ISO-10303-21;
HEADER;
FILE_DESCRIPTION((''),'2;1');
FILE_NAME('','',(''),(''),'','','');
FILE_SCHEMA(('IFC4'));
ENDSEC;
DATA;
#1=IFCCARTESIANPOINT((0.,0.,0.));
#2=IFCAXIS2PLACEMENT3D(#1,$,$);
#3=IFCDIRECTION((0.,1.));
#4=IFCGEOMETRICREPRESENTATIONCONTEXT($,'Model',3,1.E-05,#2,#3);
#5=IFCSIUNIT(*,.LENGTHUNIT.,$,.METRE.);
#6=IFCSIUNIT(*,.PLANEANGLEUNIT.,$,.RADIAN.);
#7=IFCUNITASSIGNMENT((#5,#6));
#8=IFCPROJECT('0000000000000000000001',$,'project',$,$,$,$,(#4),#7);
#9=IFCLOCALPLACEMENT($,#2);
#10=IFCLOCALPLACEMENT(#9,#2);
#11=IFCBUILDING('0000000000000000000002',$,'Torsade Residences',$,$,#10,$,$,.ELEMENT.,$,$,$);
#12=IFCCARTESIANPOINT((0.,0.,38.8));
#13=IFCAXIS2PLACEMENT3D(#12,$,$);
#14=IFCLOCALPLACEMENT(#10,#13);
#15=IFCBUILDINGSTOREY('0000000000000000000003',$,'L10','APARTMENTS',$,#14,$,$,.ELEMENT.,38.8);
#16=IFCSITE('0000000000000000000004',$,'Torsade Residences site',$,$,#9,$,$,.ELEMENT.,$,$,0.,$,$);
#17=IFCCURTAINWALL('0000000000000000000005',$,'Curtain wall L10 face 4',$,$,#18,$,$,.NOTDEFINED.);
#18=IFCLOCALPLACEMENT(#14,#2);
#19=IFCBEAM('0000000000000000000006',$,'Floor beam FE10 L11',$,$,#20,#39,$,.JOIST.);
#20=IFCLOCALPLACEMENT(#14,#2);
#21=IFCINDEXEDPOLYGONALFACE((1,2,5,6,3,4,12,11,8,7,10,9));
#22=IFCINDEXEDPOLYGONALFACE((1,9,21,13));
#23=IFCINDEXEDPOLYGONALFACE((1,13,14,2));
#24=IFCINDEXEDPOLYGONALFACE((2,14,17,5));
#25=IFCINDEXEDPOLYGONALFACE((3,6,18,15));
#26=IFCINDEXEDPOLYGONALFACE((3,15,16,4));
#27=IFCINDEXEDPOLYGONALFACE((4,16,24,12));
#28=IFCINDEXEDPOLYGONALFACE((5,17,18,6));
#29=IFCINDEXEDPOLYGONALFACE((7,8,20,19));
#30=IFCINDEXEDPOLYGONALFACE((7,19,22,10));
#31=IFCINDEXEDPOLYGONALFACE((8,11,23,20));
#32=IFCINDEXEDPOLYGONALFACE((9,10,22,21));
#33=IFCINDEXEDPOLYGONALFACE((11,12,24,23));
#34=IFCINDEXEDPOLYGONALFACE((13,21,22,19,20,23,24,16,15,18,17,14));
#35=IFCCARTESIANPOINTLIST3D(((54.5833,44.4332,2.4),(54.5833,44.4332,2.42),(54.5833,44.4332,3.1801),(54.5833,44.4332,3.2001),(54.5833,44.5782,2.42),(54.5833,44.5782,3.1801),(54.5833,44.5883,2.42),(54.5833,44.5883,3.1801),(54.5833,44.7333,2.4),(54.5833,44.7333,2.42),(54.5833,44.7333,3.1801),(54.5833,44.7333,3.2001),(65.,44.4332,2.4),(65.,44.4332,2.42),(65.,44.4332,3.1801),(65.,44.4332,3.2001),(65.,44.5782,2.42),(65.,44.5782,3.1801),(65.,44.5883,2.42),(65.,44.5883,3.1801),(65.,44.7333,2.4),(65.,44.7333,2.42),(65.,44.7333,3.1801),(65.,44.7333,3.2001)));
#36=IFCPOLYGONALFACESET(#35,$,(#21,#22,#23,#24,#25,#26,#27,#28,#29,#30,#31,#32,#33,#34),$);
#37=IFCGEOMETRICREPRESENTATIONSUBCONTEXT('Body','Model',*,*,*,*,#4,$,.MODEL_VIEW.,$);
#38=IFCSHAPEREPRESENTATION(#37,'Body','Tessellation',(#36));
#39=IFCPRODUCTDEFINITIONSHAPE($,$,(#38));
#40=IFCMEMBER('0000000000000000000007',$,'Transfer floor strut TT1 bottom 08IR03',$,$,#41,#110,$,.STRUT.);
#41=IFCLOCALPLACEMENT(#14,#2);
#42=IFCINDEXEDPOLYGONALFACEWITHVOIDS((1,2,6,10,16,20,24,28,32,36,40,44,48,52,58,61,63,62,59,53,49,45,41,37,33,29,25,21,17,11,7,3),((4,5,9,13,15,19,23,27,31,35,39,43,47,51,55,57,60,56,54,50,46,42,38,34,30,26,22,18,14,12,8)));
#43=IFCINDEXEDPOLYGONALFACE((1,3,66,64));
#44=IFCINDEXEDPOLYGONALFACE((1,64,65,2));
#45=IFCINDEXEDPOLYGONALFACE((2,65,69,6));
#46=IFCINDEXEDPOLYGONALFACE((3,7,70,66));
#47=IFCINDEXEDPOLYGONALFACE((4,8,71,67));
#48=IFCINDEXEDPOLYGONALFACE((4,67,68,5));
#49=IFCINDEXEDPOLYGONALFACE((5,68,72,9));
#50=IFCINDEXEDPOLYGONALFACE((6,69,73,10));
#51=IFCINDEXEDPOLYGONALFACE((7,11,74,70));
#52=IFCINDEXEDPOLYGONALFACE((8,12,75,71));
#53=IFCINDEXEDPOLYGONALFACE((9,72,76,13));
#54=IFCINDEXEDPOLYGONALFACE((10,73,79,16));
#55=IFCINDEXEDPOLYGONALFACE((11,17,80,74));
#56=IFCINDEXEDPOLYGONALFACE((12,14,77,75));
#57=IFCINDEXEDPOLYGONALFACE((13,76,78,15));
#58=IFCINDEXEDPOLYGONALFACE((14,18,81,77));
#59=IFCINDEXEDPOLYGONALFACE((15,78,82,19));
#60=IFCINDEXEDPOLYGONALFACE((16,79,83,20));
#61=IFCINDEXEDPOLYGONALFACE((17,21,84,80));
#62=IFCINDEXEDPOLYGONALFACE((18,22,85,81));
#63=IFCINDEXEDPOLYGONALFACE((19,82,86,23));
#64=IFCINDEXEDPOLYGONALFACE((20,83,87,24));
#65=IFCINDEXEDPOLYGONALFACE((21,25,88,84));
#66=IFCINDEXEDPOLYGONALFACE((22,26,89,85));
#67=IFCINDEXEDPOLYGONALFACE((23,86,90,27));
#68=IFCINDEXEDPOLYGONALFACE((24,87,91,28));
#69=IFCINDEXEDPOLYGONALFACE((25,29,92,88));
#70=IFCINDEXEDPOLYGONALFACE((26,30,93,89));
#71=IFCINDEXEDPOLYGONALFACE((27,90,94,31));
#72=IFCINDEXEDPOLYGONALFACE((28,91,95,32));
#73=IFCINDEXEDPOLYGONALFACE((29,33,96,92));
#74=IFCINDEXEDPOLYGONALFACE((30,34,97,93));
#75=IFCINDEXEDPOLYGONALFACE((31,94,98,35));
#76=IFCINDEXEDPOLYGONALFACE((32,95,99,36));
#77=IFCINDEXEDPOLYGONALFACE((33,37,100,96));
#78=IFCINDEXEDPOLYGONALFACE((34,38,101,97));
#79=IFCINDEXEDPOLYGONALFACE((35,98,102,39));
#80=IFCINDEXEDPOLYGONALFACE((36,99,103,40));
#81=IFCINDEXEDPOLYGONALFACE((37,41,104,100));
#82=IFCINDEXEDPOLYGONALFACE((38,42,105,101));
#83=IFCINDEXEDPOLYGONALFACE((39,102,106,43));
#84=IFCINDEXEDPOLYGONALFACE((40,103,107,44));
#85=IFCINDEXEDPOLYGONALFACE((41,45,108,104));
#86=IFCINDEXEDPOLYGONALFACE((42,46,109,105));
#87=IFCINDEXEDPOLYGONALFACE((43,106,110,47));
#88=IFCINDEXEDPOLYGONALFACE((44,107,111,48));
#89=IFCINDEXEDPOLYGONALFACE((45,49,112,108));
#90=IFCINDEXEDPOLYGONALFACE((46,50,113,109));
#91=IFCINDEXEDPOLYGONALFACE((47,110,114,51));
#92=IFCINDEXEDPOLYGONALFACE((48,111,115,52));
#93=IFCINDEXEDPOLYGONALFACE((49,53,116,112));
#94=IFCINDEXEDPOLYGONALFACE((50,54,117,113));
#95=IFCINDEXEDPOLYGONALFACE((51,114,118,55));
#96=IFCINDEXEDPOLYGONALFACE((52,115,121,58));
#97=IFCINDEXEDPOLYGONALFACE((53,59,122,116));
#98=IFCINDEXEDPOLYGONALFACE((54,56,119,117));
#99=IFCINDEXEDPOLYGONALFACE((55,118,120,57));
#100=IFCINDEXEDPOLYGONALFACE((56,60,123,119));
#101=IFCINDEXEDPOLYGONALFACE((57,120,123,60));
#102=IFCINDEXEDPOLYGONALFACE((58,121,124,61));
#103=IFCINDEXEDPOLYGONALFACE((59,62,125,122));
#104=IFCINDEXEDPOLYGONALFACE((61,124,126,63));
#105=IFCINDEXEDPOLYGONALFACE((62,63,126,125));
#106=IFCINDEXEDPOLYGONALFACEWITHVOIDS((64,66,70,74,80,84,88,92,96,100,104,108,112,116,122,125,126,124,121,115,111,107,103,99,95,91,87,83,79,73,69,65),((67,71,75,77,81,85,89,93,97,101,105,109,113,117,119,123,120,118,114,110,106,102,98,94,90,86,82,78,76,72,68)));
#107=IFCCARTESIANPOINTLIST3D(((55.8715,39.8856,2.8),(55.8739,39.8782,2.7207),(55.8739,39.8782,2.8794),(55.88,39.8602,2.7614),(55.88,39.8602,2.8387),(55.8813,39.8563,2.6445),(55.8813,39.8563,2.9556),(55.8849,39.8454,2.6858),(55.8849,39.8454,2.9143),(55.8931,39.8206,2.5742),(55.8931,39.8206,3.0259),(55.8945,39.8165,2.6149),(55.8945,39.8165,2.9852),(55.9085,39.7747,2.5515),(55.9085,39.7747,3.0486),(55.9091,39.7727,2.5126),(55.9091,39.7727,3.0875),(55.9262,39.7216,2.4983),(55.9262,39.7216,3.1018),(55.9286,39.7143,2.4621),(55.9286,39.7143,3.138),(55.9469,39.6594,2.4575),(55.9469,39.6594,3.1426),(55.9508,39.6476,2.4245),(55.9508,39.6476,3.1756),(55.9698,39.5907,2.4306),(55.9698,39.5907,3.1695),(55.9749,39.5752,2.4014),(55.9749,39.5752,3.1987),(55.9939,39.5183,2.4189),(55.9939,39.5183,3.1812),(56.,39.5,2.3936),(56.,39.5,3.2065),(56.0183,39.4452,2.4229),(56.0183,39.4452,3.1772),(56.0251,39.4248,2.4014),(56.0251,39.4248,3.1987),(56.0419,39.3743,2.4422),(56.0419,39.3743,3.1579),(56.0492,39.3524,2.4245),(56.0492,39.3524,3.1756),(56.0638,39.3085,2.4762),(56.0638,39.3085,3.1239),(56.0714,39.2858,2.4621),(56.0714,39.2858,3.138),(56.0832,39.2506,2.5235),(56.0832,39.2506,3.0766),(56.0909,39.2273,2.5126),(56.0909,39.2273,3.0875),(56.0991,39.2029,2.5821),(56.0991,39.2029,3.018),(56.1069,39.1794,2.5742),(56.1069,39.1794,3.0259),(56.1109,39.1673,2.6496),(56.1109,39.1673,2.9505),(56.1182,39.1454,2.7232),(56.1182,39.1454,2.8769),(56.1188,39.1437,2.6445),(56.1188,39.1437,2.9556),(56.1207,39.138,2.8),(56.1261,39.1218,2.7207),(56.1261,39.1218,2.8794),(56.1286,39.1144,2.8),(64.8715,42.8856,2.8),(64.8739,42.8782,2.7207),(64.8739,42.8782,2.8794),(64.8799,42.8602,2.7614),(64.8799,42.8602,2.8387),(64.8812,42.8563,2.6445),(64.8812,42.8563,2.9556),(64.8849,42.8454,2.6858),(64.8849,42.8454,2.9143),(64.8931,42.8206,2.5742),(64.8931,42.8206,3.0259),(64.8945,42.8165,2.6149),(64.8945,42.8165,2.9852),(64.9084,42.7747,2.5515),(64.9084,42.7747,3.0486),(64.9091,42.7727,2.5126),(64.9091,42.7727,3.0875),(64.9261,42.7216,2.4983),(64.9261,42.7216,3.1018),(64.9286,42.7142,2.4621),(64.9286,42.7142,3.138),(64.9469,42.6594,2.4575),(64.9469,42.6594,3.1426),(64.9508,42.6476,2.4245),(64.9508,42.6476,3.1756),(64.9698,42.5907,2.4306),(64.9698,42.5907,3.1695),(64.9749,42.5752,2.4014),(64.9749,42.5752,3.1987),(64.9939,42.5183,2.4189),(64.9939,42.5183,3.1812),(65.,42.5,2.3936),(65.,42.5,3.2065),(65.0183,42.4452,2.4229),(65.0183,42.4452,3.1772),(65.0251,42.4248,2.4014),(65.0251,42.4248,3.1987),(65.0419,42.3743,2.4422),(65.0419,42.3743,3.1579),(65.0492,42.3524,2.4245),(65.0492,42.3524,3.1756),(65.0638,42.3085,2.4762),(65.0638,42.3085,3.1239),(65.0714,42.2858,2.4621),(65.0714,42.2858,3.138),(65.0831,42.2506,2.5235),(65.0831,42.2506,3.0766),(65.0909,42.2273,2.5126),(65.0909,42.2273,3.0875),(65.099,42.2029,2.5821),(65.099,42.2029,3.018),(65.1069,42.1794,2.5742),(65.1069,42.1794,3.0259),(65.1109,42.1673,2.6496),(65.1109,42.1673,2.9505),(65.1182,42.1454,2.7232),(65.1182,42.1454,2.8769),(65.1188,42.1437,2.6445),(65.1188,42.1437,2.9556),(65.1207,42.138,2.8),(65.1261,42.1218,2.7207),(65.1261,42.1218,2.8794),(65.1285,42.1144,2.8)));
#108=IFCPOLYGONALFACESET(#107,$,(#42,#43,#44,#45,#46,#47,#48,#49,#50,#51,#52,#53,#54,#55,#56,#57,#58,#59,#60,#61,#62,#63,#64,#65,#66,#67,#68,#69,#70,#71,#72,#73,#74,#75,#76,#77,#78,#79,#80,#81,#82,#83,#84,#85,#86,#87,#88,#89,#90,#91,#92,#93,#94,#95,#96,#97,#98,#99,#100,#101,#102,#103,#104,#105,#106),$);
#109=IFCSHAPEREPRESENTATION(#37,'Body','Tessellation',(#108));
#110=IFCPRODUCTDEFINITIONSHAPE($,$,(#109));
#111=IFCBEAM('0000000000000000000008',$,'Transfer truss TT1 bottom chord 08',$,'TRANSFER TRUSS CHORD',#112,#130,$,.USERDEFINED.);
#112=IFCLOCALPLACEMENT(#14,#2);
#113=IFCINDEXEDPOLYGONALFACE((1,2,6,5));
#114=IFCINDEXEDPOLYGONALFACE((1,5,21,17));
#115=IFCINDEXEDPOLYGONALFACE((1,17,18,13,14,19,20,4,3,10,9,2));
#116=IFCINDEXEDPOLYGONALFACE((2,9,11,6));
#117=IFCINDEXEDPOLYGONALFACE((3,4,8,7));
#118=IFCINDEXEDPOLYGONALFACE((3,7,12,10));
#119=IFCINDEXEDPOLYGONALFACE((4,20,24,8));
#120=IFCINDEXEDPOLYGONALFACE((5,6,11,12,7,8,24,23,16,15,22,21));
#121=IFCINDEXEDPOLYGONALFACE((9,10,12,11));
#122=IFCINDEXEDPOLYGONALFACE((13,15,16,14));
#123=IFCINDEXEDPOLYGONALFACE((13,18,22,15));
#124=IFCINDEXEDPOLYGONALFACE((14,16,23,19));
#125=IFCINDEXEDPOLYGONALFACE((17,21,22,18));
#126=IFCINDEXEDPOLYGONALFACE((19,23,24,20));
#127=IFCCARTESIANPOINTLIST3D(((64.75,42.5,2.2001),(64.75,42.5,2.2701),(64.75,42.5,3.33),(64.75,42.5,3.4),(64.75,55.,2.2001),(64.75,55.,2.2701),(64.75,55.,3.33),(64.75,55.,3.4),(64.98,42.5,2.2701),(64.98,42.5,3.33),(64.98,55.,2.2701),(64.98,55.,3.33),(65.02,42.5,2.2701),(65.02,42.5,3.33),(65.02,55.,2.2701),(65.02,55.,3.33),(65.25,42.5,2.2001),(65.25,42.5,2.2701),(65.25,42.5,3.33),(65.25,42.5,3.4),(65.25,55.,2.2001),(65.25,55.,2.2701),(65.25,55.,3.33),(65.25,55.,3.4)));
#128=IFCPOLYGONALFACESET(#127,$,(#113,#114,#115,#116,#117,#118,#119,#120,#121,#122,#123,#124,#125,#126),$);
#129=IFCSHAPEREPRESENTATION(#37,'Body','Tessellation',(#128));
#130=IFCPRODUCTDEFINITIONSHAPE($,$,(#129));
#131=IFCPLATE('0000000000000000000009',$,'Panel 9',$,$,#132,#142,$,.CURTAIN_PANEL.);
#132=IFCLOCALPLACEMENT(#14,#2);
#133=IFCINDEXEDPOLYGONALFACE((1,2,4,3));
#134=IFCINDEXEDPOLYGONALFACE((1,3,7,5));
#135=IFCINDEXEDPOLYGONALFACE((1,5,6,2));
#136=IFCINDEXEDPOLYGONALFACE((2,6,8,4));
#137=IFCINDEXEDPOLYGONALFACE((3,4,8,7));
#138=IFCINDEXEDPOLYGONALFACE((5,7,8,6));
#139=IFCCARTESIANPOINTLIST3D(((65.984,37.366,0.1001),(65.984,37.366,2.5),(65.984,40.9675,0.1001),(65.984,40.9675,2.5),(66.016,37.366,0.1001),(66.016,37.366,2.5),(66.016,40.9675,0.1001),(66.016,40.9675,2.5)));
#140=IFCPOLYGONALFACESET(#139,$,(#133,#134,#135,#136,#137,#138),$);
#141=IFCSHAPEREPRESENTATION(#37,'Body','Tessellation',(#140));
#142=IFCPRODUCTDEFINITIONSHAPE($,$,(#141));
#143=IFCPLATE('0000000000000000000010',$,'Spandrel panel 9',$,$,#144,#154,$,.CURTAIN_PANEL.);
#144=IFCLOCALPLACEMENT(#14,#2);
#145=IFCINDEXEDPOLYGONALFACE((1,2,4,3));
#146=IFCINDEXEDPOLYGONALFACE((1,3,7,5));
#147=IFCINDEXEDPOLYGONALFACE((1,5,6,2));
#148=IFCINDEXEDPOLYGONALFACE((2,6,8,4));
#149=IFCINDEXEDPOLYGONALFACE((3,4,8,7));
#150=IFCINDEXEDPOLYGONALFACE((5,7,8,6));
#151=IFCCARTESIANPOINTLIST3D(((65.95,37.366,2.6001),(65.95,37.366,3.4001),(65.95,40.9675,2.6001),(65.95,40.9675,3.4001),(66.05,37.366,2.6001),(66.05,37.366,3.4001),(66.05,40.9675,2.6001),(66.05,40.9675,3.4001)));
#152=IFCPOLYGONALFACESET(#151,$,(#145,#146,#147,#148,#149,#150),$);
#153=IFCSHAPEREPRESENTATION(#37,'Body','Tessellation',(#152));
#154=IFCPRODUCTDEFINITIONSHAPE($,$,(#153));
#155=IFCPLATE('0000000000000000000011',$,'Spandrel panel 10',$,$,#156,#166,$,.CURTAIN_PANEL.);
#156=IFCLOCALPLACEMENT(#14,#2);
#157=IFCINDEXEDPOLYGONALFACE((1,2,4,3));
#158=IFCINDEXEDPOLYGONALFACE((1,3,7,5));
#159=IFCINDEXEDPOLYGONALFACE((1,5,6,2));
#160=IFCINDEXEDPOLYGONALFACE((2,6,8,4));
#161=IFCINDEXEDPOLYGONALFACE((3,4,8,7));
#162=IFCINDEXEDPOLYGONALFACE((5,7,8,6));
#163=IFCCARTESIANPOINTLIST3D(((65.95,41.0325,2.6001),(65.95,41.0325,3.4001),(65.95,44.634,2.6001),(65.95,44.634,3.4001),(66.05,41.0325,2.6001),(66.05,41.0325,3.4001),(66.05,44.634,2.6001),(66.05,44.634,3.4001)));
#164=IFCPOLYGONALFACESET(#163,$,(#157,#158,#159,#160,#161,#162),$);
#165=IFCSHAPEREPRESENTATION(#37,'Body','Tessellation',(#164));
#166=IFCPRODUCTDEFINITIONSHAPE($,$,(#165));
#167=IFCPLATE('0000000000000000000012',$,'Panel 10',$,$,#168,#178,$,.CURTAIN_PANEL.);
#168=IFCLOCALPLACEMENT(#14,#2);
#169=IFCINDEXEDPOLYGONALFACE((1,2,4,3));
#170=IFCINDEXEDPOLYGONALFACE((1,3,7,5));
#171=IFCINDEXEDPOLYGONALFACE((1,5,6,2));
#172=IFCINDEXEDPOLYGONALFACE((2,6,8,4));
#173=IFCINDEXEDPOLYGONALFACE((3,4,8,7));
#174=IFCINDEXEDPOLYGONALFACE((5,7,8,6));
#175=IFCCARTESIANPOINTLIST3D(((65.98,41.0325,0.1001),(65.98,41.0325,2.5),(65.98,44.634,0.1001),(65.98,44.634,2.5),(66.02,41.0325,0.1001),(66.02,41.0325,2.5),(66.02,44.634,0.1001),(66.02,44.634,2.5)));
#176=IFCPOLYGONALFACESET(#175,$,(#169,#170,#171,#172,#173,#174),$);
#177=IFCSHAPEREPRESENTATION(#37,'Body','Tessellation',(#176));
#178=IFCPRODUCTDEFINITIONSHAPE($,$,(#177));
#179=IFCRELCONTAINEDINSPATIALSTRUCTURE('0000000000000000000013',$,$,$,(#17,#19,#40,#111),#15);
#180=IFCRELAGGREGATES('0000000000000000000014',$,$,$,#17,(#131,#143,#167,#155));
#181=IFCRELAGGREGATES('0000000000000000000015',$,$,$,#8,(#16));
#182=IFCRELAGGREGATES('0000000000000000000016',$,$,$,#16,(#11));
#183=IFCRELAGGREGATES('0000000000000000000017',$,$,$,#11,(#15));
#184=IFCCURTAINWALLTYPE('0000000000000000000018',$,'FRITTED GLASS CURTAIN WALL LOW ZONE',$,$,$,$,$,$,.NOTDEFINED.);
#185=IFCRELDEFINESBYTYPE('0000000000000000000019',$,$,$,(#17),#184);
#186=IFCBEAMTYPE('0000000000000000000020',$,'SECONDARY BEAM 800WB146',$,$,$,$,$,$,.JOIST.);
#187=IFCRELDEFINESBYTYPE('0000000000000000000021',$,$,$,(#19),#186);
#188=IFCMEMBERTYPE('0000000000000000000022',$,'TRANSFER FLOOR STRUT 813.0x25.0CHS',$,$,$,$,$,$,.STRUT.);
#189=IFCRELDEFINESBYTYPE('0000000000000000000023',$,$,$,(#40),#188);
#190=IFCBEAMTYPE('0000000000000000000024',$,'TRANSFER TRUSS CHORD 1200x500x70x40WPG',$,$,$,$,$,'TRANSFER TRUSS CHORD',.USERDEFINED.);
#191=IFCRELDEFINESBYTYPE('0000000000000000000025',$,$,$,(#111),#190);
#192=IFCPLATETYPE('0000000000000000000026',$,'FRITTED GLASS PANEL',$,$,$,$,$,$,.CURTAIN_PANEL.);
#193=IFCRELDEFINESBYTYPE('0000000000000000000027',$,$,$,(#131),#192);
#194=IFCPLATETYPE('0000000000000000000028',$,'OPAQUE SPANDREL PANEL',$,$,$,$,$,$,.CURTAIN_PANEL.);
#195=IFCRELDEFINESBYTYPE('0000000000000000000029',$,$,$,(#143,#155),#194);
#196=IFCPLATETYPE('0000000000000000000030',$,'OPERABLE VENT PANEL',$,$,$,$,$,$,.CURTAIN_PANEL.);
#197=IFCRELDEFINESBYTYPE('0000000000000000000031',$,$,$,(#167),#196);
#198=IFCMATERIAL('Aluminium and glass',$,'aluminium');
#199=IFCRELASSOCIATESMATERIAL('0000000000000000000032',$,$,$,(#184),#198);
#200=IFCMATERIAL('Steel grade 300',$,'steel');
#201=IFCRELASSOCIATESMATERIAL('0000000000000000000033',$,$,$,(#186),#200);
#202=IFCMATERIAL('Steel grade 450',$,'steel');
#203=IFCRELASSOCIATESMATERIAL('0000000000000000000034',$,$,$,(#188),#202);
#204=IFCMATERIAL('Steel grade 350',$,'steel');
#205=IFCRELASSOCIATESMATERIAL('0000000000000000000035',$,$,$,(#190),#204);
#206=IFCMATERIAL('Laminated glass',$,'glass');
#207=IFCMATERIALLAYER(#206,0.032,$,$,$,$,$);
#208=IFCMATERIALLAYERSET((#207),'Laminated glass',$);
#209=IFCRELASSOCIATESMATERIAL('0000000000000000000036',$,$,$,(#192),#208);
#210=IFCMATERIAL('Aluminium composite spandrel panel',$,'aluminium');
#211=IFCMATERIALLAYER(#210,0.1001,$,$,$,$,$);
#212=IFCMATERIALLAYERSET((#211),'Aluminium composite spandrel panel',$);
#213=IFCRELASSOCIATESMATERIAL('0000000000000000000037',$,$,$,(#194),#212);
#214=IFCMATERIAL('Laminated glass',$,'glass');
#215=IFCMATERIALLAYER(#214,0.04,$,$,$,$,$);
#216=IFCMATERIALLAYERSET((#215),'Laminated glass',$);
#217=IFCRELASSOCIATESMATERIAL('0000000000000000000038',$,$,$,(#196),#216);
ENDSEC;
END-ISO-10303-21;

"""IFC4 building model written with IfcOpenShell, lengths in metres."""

from ifc_helpers import new_model, si_unit, direction, frame, origin, origin_2d, place, context, subcontext, project, spatial, rectangle, hollow_circle, i_section, extrude, material, layer, layer_set, material_profile, profile_set, type_object, element, aggregate, save


model = new_model("IFC4")

# Units and contexts
model_context = context("Model", 3, precision=1e-05, world=origin(), true_north=direction((0.0, 1.0)))
body_context = subcontext(model_context, "Body", "Model", "MODEL_VIEW")
ifc_project = project(units=[si_unit("LENGTHUNIT", "METRE"), si_unit("PLANEANGLEUNIT", "RADIAN")], contexts=[model_context])

# Site, building, storey
site_placement = place(None, origin())
site = spatial("IfcSite", under=ifc_project, at=site_placement, Name="Torsade Residences site", CompositionType="ELEMENT", RefElevation=0.0)
building_placement = place(site_placement, origin())
building = spatial("IfcBuilding", under=site, at=building_placement, Name="Torsade Residences", CompositionType="ELEMENT")
storey_placement = place(building_placement, frame((0.0, 0.0, 38.8)))
storey = spatial("IfcBuildingStorey", under=building, at=storey_placement, Name="L10", Description="APARTMENTS", CompositionType="ELEMENT", Elevation=38.8)

# Curtain wall
ifc_material_1 = material(Name="Aluminium and glass", Category="aluminium")
curtain_wall_type = type_object("IfcCurtainWallType", Name="FRITTED GLASS CURTAIN WALL LOW ZONE", PredefinedType="NOTDEFINED", material=ifc_material_1)
curtain_wall_placement = place(storey_placement, origin())
curtain_wall = element("IfcCurtainWall", 1, at=curtain_wall_placement, inside=storey, type_object=curtain_wall_type, Name="Curtain wall L10 face 4", PredefinedType="NOTDEFINED")

# Beam
ifc_material_2 = material(Name="Steel grade 300", Category="steel")
ifc_material_profile_1 = material_profile(ifc_material_2, i_section(OverallWidth=0.3, OverallDepth=0.8, WebThickness=0.01, FlangeThickness=0.02, at=origin_2d()), Name="800WB146")
ifc_profile_set_1 = profile_set([ifc_material_profile_1], Name="Steel grade 300")
beam_type_1 = type_object("IfcBeamType", Name="SECONDARY BEAM 800WB146", PredefinedType="JOIST", material=ifc_profile_set_1)
beam_1_placement = place(storey_placement, frame((65.0, 44.5833, 2.8), z_axis=(-1.0, 0.0, 0.0), x_axis=(0.0, -1.0, 0.0)))
element("IfcBeam", 2, at=beam_1_placement, inside=storey, type_object=beam_type_1, Name="Floor beam FE10 L11", PredefinedType="JOIST", context=body_context, shape_type="SweptSolid", body=[
    extrude(i_section(OverallWidth=0.3, OverallDepth=0.8, WebThickness=0.01, FlangeThickness=0.02, at=origin_2d()), origin(), (0.0, 0.0, 1.0), 10.4167),
])

# Member
ifc_material_3 = material(Name="Steel grade 450", Category="steel")
ifc_material_profile_2 = material_profile(ifc_material_3, hollow_circle(Radius=0.4065, WallThickness=0.0249, at=origin_2d()), Name="813.0x25.0CHS")
ifc_profile_set_2 = profile_set([ifc_material_profile_2], Name="Steel grade 450")
member_type_1 = type_object("IfcMemberType", Name="TRANSFER FLOOR STRUT 813.0x25.0CHS", PredefinedType="STRUT", material=ifc_profile_set_2)
member_1_placement = place(storey_placement, frame((65.0, 42.5, 2.8), z_axis=(-0.948683, -0.316228, 0.0), x_axis=(0.316228, -0.948683, 0.0)))
element("IfcMember", 3, at=member_1_placement, inside=storey, type_object=member_type_1, Name="Transfer floor strut TT1 bottom 08IR03", PredefinedType="STRUT", context=body_context, shape_type="SweptSolid", body=[
    extrude(hollow_circle(Radius=0.4065, WallThickness=0.0249, at=origin_2d()), origin(), (0.0, 0.0, 1.0), 9.4868),
])

# Beam
ifc_material_4 = material(Name="Steel grade 350", Category="steel")
ifc_material_profile_3 = material_profile(ifc_material_4, i_section(OverallWidth=0.5, OverallDepth=1.2, WebThickness=0.04, FlangeThickness=0.0701, at=origin_2d()), Name="1200x500x70x40WPG")
ifc_profile_set_3 = profile_set([ifc_material_profile_3], Name="Steel grade 350")
beam_type_2 = type_object("IfcBeamType", Name="TRANSFER TRUSS CHORD 1200x500x70x40WPG", ElementType="TRANSFER TRUSS CHORD", PredefinedType="USERDEFINED", material=ifc_profile_set_3)
beam_2_placement = place(storey_placement, frame((65.0, 42.5, 2.8), z_axis=(0.0, 1.0, 0.0), x_axis=(-1.0, 0.0, 0.0)))
element("IfcBeam", 4, at=beam_2_placement, inside=storey, type_object=beam_type_2, Name="Transfer truss TT1 bottom chord 08", ObjectType="TRANSFER TRUSS CHORD", PredefinedType="USERDEFINED", context=body_context, shape_type="SweptSolid", body=[
    extrude(i_section(OverallWidth=0.5, OverallDepth=1.2, WebThickness=0.04, FlangeThickness=0.0701, at=origin_2d()), origin(), (0.0, 0.0, 1.0), 12.5),
])

# Plates
ifc_material_5 = material(Name="Laminated glass", Category="glass")
ifc_layer_1 = layer(ifc_material_5, 0.032)
ifc_layer_set_1 = layer_set([ifc_layer_1], Name="Laminated glass")
plate_type_1 = type_object("IfcPlateType", Name="FRITTED GLASS PANEL", PredefinedType="CURTAIN_PANEL", material=ifc_layer_set_1)
plate_1_placement = place(storey_placement, frame((66.0, 39.1667, 0.1001), z_axis=(0.0, 0.0, 1.0), x_axis=(0.0, 1.0, 0.0)))
plate_1 = element("IfcPlate", 5, at=plate_1_placement, type_object=plate_type_1, Name="Panel 9", PredefinedType="CURTAIN_PANEL", context=body_context, shape_type="SweptSolid", body=[
    extrude(rectangle(XDim=3.6016, YDim=0.032, at=origin_2d()), origin(), (0.0, 0.0, 1.0), 2.3999),
])
ifc_material_6 = material(Name="Aluminium composite spandrel panel", Category="aluminium")
ifc_layer_2 = layer(ifc_material_6, 0.1001)
ifc_layer_set_2 = layer_set([ifc_layer_2], Name="Aluminium composite spandrel panel")
plate_type_2 = type_object("IfcPlateType", Name="OPAQUE SPANDREL PANEL", PredefinedType="CURTAIN_PANEL", material=ifc_layer_set_2)
plate_2_placement = place(storey_placement, frame((66.0, 39.1667, 2.6001), z_axis=(0.0, 0.0, 1.0), x_axis=(0.0, 1.0, 0.0)))
plate_2 = element("IfcPlate", 6, at=plate_2_placement, type_object=plate_type_2, Name="Spandrel panel 9", PredefinedType="CURTAIN_PANEL", context=body_context, shape_type="SweptSolid", body=[
    extrude(rectangle(XDim=3.6016, YDim=0.1001, at=origin_2d()), origin(), (0.0, 0.0, 1.0), 0.8),
])
plate_3_placement = place(storey_placement, frame((66.0, 42.8333, 2.6001), z_axis=(0.0, 0.0, 1.0), x_axis=(0.0, 1.0, 0.0)))
plate_3 = element("IfcPlate", 7, at=plate_3_placement, type_object=plate_type_2, Name="Spandrel panel 10", PredefinedType="CURTAIN_PANEL", context=body_context, shape_type="SweptSolid", body=[
    extrude(rectangle(XDim=3.6016, YDim=0.1001, at=origin_2d()), origin(), (0.0, 0.0, 1.0), 0.8),
])
ifc_material_7 = material(Name="Laminated glass", Category="glass")
ifc_layer_3 = layer(ifc_material_7, 0.04)
ifc_layer_set_3 = layer_set([ifc_layer_3], Name="Laminated glass")
plate_type_3 = type_object("IfcPlateType", Name="OPERABLE VENT PANEL", PredefinedType="CURTAIN_PANEL", material=ifc_layer_set_3)
plate_4_placement = place(storey_placement, frame((66.0, 42.8333, 0.1001), z_axis=(0.0, 0.0, 1.0), x_axis=(0.0, 1.0, 0.0)))
plate_4 = element("IfcPlate", 8, at=plate_4_placement, type_object=plate_type_3, Name="Panel 10", PredefinedType="CURTAIN_PANEL", context=body_context, shape_type="SweptSolid", body=[
    extrude(rectangle(XDim=3.6016, YDim=0.04, at=origin_2d()), origin(), (0.0, 0.0, 1.0), 2.3999),
])
aggregate(curtain_wall, [plate_1, plate_2, plate_4, plate_3])

save(model, "model.ifc")
